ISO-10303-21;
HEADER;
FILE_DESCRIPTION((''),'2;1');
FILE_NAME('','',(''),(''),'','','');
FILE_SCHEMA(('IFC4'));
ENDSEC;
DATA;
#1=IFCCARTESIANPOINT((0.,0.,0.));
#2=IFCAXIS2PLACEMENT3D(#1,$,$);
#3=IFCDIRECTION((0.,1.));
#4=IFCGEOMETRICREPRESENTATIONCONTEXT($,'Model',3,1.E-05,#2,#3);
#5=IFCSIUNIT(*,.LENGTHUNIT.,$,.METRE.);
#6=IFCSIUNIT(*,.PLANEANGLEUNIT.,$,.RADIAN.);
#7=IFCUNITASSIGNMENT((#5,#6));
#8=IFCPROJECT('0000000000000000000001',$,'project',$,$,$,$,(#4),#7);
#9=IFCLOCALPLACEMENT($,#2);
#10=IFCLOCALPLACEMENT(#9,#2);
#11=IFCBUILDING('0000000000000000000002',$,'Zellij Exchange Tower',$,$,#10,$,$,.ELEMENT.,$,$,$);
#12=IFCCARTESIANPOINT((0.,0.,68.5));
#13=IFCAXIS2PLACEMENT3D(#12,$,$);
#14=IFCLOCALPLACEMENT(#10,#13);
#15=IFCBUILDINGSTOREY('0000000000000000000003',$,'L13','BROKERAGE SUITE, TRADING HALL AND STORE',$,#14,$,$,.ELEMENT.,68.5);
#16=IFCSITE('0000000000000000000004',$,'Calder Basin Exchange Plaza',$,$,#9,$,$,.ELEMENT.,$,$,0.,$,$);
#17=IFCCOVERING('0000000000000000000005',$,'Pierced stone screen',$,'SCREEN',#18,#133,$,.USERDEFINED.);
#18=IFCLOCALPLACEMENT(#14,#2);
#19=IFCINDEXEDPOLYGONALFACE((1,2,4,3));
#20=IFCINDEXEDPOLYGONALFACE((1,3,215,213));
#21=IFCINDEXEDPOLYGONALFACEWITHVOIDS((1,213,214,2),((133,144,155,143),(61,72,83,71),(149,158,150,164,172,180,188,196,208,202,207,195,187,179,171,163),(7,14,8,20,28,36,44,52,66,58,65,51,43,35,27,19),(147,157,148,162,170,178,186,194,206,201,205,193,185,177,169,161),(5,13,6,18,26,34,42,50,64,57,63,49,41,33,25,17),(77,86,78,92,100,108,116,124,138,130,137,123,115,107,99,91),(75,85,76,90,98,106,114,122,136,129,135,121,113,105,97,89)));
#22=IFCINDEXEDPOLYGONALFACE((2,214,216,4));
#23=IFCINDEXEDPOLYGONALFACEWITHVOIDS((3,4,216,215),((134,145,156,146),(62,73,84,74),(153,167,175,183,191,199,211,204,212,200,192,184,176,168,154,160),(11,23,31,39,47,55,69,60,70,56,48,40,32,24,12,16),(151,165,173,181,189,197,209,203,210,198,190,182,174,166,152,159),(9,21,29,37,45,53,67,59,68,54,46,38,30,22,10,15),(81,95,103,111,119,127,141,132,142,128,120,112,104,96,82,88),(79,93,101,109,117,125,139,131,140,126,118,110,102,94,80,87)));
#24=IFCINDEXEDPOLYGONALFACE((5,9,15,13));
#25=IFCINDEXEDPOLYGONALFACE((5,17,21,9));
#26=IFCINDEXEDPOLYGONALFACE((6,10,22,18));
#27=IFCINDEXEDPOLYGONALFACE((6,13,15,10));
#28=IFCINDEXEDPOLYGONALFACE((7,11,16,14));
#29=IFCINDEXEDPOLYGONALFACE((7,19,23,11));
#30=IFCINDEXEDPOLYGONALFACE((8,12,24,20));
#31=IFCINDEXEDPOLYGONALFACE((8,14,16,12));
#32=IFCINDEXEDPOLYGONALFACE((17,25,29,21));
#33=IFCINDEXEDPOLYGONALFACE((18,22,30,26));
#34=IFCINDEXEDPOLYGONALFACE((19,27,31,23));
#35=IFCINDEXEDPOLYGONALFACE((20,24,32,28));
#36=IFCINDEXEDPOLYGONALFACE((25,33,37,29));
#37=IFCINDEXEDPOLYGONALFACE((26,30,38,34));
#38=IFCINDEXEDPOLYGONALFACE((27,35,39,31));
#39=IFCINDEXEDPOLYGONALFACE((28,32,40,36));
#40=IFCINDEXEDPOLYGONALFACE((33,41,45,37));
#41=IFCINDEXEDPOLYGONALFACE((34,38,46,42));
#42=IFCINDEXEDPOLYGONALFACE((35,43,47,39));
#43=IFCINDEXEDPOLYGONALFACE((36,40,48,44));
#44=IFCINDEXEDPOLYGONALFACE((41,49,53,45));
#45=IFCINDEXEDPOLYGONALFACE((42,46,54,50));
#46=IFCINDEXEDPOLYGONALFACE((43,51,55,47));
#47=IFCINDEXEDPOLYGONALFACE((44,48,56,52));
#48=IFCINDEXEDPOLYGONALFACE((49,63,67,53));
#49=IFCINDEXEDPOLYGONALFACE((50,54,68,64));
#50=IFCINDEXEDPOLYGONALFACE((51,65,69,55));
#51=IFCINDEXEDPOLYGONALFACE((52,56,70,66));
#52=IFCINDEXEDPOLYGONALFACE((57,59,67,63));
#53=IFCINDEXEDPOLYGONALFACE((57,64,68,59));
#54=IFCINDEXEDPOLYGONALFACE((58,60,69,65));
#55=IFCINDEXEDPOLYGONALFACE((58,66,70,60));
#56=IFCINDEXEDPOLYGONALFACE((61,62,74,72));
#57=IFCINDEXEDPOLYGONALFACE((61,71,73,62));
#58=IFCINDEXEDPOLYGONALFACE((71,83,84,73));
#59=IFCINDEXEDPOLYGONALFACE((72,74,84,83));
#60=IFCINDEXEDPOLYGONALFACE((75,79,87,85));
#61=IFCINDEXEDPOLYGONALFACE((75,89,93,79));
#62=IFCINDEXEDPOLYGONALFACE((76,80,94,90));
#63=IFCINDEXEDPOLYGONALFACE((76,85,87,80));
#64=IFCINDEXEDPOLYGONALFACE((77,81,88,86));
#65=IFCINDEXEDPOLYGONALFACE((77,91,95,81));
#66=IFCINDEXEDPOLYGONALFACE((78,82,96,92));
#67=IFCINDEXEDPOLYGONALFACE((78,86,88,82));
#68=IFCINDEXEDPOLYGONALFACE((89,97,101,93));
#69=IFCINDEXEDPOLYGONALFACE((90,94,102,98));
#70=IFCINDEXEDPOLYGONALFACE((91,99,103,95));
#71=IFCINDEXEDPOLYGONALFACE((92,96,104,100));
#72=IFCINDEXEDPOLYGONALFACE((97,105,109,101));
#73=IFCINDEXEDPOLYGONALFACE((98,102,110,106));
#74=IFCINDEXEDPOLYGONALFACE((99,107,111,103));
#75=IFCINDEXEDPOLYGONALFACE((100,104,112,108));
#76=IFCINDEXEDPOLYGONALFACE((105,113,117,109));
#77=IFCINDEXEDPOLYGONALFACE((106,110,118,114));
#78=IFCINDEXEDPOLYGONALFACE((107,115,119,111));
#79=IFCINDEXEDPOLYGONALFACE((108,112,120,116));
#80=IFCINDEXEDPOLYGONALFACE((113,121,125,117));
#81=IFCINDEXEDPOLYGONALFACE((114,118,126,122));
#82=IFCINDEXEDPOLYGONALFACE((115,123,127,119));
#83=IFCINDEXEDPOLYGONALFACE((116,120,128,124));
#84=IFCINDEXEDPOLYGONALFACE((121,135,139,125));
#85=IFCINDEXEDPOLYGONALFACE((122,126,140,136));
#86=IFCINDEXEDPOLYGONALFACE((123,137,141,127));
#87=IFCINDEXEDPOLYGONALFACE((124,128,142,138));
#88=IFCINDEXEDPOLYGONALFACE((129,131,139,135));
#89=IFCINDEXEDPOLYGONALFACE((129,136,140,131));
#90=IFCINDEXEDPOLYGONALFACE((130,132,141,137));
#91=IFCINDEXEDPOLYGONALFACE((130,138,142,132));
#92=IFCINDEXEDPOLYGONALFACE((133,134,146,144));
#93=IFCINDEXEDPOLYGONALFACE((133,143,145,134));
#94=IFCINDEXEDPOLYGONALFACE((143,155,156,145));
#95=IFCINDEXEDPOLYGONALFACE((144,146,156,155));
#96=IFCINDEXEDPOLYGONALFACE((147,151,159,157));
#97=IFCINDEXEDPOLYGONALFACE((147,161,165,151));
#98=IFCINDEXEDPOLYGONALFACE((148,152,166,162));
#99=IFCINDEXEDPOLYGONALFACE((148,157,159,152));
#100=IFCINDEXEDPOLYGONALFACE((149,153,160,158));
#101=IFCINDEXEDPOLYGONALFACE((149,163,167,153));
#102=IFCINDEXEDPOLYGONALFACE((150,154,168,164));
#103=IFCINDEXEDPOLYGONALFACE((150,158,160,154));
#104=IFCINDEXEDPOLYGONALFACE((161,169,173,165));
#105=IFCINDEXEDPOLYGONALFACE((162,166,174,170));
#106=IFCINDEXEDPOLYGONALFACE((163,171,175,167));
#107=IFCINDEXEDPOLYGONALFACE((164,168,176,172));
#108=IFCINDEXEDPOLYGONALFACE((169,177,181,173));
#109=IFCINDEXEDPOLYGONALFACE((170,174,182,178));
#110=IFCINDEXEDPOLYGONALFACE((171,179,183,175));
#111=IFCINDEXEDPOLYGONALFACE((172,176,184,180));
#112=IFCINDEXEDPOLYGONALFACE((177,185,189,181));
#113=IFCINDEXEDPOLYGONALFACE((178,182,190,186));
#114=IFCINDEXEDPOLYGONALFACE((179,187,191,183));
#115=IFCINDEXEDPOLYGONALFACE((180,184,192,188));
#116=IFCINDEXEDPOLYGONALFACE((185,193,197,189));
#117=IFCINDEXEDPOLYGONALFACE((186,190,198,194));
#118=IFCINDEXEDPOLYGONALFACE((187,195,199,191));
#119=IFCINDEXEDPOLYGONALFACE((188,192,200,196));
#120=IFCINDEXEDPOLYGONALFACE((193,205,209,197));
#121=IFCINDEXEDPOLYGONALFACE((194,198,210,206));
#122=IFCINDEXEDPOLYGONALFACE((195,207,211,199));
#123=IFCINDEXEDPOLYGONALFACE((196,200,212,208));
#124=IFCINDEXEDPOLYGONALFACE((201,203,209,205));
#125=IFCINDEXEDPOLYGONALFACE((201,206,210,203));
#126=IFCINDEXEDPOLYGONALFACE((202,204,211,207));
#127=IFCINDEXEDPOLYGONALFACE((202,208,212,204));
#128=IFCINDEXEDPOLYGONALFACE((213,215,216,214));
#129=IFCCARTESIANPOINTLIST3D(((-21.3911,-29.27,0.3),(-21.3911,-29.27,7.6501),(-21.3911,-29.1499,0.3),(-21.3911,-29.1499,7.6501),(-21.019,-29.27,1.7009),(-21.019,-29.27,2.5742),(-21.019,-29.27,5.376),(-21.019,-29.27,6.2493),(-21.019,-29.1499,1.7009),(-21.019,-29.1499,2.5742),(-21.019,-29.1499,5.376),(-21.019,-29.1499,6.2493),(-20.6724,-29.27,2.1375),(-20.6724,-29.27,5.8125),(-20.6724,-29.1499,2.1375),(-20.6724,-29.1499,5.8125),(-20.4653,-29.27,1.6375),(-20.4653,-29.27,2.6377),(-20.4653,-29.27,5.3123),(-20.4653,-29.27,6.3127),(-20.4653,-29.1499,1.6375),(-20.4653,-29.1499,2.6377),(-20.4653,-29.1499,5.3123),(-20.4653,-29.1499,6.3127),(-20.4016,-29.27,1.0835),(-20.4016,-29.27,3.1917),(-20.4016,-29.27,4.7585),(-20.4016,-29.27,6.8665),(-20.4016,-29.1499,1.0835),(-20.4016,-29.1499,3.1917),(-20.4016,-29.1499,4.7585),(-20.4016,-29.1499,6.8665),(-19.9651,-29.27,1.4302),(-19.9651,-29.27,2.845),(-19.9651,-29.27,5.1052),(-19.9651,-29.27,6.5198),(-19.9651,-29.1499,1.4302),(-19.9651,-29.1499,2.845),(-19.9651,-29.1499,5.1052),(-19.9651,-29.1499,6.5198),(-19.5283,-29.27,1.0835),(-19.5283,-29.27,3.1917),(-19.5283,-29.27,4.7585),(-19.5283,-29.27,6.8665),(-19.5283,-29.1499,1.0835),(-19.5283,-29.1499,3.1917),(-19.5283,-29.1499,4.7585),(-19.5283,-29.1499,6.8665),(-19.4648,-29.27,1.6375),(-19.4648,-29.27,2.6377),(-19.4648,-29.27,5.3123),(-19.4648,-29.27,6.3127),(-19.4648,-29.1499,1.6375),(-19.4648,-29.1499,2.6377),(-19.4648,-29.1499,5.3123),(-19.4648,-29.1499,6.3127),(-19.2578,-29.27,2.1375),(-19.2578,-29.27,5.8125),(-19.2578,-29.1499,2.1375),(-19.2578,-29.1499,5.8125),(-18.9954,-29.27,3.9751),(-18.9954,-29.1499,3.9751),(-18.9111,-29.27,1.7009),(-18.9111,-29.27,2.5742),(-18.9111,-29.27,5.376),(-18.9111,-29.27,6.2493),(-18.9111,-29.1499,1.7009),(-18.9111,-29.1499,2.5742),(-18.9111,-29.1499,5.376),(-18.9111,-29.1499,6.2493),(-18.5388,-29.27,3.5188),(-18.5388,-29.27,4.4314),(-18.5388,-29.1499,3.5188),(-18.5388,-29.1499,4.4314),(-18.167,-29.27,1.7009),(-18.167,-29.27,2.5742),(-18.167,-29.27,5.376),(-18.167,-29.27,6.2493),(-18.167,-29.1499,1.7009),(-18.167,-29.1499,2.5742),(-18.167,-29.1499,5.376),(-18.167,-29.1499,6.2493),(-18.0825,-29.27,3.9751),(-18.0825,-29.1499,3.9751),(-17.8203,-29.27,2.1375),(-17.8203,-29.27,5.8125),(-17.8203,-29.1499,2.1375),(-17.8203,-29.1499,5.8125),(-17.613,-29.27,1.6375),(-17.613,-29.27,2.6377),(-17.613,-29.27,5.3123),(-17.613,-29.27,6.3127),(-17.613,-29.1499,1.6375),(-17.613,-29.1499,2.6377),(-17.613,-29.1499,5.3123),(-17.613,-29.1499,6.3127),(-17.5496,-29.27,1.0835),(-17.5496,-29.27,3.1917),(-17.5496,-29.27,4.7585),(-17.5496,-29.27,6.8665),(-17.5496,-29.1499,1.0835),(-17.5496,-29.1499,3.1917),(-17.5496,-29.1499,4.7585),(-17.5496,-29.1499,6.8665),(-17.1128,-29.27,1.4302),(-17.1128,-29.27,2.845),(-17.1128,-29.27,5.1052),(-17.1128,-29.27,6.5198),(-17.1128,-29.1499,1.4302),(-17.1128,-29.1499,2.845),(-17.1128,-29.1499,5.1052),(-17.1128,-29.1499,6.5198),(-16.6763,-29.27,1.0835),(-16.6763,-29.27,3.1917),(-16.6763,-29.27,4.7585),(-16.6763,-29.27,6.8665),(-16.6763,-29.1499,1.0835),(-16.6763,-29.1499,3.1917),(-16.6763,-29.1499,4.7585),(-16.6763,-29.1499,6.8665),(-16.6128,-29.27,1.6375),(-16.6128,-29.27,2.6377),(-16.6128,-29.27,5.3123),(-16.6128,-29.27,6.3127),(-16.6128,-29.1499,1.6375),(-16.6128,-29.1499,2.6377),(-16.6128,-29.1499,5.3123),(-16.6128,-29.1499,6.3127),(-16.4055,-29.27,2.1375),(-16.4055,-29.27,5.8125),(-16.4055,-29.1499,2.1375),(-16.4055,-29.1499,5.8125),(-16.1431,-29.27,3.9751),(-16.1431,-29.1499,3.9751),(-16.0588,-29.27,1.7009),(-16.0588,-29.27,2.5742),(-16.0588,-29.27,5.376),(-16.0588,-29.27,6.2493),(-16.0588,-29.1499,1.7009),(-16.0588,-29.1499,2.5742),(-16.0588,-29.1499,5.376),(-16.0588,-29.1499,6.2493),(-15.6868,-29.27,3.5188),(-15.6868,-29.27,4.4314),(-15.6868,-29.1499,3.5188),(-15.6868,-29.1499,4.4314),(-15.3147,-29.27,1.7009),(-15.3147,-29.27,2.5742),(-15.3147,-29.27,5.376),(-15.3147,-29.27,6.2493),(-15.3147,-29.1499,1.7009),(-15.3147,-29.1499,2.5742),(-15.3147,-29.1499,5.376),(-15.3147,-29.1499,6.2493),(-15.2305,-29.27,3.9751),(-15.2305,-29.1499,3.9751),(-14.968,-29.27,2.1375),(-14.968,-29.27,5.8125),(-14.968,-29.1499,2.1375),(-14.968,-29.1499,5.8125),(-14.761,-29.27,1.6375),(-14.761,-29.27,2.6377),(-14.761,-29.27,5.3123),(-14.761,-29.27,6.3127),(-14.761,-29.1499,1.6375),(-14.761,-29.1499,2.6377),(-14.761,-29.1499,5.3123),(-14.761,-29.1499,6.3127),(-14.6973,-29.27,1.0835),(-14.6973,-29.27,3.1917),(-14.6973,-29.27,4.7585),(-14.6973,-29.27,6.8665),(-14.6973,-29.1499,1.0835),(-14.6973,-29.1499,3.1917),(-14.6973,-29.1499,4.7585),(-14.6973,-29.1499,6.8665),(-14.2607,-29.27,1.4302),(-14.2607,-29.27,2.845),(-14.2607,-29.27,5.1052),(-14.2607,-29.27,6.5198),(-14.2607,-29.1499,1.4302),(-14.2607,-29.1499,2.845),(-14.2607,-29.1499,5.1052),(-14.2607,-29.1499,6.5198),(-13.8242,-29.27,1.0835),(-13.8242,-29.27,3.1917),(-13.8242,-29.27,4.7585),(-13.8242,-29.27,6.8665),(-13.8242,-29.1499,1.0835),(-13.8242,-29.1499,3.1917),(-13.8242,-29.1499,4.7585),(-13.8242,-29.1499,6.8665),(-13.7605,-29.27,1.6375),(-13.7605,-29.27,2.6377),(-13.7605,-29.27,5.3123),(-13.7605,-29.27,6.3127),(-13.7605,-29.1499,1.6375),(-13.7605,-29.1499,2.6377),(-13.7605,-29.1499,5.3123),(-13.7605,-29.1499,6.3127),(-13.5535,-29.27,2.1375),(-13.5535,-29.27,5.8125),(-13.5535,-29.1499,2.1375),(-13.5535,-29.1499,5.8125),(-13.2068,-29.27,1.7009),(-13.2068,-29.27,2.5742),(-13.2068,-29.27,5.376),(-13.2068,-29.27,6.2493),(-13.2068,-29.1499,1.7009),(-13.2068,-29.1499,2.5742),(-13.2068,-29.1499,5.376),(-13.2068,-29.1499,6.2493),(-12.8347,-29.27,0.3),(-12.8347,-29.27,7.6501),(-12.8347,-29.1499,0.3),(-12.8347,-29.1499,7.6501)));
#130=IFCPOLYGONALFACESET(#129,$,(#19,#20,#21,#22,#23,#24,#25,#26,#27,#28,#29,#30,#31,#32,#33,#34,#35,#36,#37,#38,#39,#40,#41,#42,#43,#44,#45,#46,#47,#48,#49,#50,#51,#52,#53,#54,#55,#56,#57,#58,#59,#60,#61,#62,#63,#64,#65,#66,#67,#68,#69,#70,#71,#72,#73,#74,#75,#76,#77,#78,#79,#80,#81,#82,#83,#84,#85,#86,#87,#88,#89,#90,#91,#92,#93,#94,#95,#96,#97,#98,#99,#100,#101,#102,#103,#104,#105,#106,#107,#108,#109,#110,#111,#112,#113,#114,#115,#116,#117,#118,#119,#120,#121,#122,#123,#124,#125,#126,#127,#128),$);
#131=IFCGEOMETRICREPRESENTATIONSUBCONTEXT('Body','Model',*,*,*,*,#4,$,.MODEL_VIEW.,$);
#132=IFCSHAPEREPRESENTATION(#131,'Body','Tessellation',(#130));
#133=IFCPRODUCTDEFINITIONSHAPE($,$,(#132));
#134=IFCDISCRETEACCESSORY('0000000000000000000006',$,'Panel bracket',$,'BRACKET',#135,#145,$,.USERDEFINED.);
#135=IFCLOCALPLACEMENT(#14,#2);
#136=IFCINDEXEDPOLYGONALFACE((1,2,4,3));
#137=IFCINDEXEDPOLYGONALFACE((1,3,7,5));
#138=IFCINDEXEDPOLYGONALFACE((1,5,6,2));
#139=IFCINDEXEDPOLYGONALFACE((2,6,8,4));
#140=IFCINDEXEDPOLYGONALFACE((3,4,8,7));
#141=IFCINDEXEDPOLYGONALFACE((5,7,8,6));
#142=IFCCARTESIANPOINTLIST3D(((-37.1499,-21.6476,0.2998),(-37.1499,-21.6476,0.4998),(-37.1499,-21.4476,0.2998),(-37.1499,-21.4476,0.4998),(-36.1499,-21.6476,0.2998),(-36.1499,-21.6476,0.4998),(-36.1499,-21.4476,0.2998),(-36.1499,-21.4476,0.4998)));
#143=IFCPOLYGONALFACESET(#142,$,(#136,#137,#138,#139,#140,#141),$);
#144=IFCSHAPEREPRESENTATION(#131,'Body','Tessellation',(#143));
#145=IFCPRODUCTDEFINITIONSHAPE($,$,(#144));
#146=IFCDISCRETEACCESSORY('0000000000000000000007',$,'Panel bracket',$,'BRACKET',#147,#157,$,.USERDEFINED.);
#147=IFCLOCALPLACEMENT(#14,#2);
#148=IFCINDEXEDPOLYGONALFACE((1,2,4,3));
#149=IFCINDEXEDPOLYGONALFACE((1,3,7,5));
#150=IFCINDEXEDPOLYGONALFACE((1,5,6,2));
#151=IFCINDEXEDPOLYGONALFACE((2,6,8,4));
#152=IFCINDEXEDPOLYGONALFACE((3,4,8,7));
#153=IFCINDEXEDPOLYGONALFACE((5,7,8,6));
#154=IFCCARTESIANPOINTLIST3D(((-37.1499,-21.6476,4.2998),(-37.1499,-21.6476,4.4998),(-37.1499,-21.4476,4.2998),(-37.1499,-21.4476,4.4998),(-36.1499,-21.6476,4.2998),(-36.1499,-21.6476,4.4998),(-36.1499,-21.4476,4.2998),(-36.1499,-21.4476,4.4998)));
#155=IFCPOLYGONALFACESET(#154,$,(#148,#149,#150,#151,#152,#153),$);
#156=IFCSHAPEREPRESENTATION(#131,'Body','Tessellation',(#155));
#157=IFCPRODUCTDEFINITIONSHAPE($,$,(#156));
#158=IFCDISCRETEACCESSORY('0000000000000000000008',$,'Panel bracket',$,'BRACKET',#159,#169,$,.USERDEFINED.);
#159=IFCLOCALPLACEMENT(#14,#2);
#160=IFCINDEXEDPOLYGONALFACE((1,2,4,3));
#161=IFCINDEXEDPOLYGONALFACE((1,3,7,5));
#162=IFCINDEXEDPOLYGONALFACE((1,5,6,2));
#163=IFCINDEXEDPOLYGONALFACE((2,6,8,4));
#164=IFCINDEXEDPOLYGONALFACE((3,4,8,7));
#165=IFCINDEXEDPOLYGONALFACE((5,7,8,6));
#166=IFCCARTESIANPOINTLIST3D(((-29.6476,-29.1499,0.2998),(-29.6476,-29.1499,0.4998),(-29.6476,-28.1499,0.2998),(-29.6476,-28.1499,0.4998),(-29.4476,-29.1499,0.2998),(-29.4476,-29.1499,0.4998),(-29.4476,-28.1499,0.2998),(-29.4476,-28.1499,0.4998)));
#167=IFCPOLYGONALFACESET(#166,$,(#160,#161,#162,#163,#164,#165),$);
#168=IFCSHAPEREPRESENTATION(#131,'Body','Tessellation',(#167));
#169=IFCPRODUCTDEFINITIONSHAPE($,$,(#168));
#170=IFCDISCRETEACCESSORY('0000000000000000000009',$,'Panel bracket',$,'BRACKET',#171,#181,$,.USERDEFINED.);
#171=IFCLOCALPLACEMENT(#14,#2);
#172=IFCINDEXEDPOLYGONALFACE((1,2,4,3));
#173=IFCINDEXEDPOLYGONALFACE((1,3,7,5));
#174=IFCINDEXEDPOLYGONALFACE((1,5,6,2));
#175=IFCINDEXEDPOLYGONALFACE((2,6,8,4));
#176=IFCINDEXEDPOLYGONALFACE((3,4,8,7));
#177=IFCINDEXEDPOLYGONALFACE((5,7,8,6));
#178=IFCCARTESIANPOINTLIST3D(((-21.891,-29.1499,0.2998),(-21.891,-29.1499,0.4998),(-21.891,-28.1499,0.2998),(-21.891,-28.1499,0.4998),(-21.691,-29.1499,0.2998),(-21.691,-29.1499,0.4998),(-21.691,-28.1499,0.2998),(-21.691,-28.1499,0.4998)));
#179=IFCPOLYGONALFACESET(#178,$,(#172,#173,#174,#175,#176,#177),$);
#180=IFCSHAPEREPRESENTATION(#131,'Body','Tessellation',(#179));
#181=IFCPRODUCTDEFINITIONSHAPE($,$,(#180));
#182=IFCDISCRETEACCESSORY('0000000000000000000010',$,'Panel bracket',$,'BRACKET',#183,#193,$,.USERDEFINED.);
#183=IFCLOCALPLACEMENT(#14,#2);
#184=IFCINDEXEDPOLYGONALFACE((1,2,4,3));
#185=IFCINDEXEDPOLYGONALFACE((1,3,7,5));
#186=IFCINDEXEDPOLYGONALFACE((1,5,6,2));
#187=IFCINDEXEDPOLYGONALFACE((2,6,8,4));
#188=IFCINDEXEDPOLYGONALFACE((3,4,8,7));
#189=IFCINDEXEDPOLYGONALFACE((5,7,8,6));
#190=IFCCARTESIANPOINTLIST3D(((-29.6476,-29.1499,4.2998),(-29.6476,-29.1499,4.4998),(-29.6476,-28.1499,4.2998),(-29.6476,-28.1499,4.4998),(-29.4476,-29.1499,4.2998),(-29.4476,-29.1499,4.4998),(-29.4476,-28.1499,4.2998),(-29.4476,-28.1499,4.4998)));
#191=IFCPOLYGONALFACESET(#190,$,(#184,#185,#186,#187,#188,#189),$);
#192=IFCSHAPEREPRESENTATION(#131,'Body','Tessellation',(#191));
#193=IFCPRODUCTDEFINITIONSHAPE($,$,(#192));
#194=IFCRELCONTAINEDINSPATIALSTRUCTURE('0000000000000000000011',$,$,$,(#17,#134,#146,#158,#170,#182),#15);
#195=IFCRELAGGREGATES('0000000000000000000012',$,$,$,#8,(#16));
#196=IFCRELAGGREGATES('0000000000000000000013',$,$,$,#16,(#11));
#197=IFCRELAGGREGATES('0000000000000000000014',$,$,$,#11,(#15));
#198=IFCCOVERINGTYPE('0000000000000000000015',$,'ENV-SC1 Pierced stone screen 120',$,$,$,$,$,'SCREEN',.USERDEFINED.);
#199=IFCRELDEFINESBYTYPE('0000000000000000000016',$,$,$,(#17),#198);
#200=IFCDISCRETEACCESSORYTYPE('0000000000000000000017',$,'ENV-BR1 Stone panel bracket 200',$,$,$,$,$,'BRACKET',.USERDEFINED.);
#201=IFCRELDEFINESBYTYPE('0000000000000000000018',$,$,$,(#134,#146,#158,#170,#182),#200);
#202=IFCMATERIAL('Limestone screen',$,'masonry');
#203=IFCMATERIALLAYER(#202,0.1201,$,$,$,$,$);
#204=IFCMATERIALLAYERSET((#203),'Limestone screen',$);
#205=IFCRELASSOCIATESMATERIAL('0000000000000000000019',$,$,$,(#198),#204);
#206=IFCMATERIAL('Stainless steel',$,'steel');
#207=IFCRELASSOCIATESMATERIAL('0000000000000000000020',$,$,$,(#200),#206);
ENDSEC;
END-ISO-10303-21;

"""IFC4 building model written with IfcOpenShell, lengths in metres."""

from ifc_helpers import new_model, si_unit, direction, frame, origin, origin_2d, place, context, subcontext, project, spatial, polyline, rectangle, outline, extrude, material, layer, layer_set, type_object, element, save


model = new_model("IFC4")

# Units and contexts
model_context = context("Model", 3, precision=1e-05, world=origin(), true_north=direction((0.0, 1.0)))
body_context = subcontext(model_context, "Body", "Model", "MODEL_VIEW")
ifc_project = project(units=[si_unit("LENGTHUNIT", "METRE"), si_unit("PLANEANGLEUNIT", "RADIAN")], contexts=[model_context])

# Site, building, storey
site_placement = place(None, origin())
site = spatial("IfcSite", under=ifc_project, at=site_placement, Name="Calder Basin Exchange Plaza", CompositionType="ELEMENT", RefElevation=0.0)
building_placement = place(site_placement, origin())
building = spatial("IfcBuilding", under=site, at=building_placement, Name="Zellij Exchange Tower", CompositionType="ELEMENT")
storey_placement = place(building_placement, frame((0.0, 0.0, 68.5)))
storey = spatial("IfcBuildingStorey", under=building, at=storey_placement, Name="L13", Description="BROKERAGE SUITE, TRADING HALL AND STORE", CompositionType="ELEMENT", Elevation=68.5)

# Covering
ifc_material_1 = material(Name="Limestone screen", Category="masonry")
ifc_layer_1 = layer(ifc_material_1, 0.1201)
ifc_layer_set_1 = layer_set([ifc_layer_1], Name="Limestone screen")
covering_type = type_object("IfcCoveringType", Name="ENV-SC1 Pierced stone screen 120", ElementType="SCREEN", PredefinedType="USERDEFINED", material=ifc_layer_set_1)
covering_1_placement = place(storey_placement, frame((-21.3911, -29.21, 0.3), z_axis=(0.0, 0.0, 1.0), x_axis=(1.0, 0.0, 0.0)))
element("IfcCovering", 1, at=covering_1_placement, inside=storey, type_object=covering_type, Name="Pierced stone screen", ObjectType="SCREEN", PredefinedType="USERDEFINED", context=body_context, shape_type="SweptSolid", body=[
    extrude(outline(polyline([(0.0, 0.0), (8.5564, 0.0), (8.5564, 7.3501), (0.0, 7.3501), (0.0, 0.0)]), holes=[polyline([(2.48, 2.2742), (1.9263, 2.3376), (1.8628, 2.8916), (1.426, 2.5449), (0.9895, 2.8916), (0.9258, 2.3376), (0.3721, 2.2742), (0.7188, 1.8374), (0.3721, 1.4009), (0.9258, 1.3374), (0.9895, 0.7834), (1.426, 1.1301), (1.8628, 0.7834), (1.9263, 1.3374), (2.48, 1.4009), (2.1333, 1.8374), (2.48, 2.2742)]), polyline([(2.48, 5.9492), (1.9263, 6.0127), (1.8628, 6.5664), (1.426, 6.2197), (0.9895, 6.5664), (0.9258, 6.0127), (0.3721, 5.9492), (0.7188, 5.5125), (0.3721, 5.0759), (0.9258, 5.0122), (0.9895, 4.4585), (1.426, 4.8052), (1.8628, 4.4585), (1.9263, 5.0122), (2.48, 5.0759), (2.1333, 5.5125), (2.48, 5.9492)]), polyline([(5.3323, 2.2742), (4.7783, 2.3376), (4.7148, 2.8916), (4.2783, 2.5449), (3.8416, 2.8916), (3.7781, 2.3376), (3.2241, 2.2742), (3.5708, 1.8374), (3.2241, 1.4009), (3.7781, 1.3374), (3.8416, 0.7834), (4.2783, 1.1301), (4.7148, 0.7834), (4.7783, 1.3374), (5.3323, 1.4009), (4.9856, 1.8374), (5.3323, 2.2742)]), polyline([(5.3323, 5.9492), (4.7783, 6.0127), (4.7148, 6.5664), (4.2783, 6.2197), (3.8416, 6.5664), (3.7781, 6.0127), (3.2241, 5.9492), (3.5708, 5.5125), (3.2241, 5.0759), (3.7781, 5.0122), (3.8416, 4.4585), (4.2783, 4.8052), (4.7148, 4.4585), (4.7783, 5.0122), (5.3323, 5.0759), (4.9856, 5.5125), (5.3323, 5.9492)]), polyline([(8.1843, 2.2742), (7.6306, 2.3376), (7.5669, 2.8916), (7.1304, 2.5449), (6.6938, 2.8916), (6.6301, 2.3376), (6.0764, 2.2742), (6.4231, 1.8374), (6.0764, 1.4009), (6.6301, 1.3374), (6.6938, 0.7834), (7.1304, 1.1301), (7.5669, 0.7834), (7.6306, 1.3374), (8.1843, 1.4009), (7.8376, 1.8374), (8.1843, 2.2742)]), polyline([(8.1843, 5.9492), (7.6306, 6.0127), (7.5669, 6.5664), (7.1304, 6.2197), (6.6938, 6.5664), (6.6301, 6.0127), (6.0764, 5.9492), (6.4231, 5.5125), (6.0764, 5.0759), (6.6301, 5.0122), (6.6938, 4.4585), (7.1304, 4.8052), (7.5669, 4.4585), (7.6306, 5.0122), (8.1843, 5.0759), (7.8376, 5.5125), (8.1843, 5.9492)]), polyline([(3.3086, 3.675), (2.8523, 4.1313), (2.3958, 3.675), (2.8523, 3.2188), (3.3086, 3.675)]), polyline([(6.1606, 3.675), (5.7043, 4.1313), (5.248, 3.675), (5.7043, 3.2188), (6.1606, 3.675)])]), frame((0.0, 0.0601, 0.0), z_axis=(0.0, -1.0, 0.0), x_axis=(1.0, 0.0, 0.0)), (0.0, 0.0, 1.0), 0.1201),
])

# Discrete accessories
ifc_material_2 = material(Name="Stainless steel", Category="steel")
discrete_accessory_type = type_object("IfcDiscreteAccessoryType", Name="ENV-BR1 Stone panel bracket 200", ElementType="BRACKET", PredefinedType="USERDEFINED", material=ifc_material_2)
for number, where, z_axis, x_axis, name in (
    (2, (-36.6499, -21.5476, 0.2998), (0.0, 0.0, 1.0), (0.0, -1.0, 0.0), "Panel bracket"),
    (3, (-36.6499, -21.5476, 4.2998), (0.0, 0.0, 1.0), (0.0, -1.0, 0.0), "Panel bracket"),
    (4, (-29.5476, -28.6499, 0.2998), (0.0, 0.0, 1.0), (1.0, 0.0, 0.0), "Panel bracket"),
    (5, (-21.791, -28.6499, 0.2998), (0.0, 0.0, 1.0), (1.0, 0.0, 0.0), "Panel bracket"),
    (6, (-29.5476, -28.6499, 4.2998), (0.0, 0.0, 1.0), (1.0, 0.0, 0.0), "Panel bracket"),
):
    element("IfcDiscreteAccessory", number, at=place(storey_placement, frame(where, z_axis=z_axis, x_axis=x_axis)), inside=storey, type_object=discrete_accessory_type, Name=name, ObjectType="BRACKET", PredefinedType="USERDEFINED", context=body_context, shape_type="SweptSolid", body=[
        extrude(rectangle(XDim=0.2, YDim=1.0, at=origin_2d()), origin(), (0.0, 0.0, 1.0), 0.2),
    ])

save(model, "model.ifc")
